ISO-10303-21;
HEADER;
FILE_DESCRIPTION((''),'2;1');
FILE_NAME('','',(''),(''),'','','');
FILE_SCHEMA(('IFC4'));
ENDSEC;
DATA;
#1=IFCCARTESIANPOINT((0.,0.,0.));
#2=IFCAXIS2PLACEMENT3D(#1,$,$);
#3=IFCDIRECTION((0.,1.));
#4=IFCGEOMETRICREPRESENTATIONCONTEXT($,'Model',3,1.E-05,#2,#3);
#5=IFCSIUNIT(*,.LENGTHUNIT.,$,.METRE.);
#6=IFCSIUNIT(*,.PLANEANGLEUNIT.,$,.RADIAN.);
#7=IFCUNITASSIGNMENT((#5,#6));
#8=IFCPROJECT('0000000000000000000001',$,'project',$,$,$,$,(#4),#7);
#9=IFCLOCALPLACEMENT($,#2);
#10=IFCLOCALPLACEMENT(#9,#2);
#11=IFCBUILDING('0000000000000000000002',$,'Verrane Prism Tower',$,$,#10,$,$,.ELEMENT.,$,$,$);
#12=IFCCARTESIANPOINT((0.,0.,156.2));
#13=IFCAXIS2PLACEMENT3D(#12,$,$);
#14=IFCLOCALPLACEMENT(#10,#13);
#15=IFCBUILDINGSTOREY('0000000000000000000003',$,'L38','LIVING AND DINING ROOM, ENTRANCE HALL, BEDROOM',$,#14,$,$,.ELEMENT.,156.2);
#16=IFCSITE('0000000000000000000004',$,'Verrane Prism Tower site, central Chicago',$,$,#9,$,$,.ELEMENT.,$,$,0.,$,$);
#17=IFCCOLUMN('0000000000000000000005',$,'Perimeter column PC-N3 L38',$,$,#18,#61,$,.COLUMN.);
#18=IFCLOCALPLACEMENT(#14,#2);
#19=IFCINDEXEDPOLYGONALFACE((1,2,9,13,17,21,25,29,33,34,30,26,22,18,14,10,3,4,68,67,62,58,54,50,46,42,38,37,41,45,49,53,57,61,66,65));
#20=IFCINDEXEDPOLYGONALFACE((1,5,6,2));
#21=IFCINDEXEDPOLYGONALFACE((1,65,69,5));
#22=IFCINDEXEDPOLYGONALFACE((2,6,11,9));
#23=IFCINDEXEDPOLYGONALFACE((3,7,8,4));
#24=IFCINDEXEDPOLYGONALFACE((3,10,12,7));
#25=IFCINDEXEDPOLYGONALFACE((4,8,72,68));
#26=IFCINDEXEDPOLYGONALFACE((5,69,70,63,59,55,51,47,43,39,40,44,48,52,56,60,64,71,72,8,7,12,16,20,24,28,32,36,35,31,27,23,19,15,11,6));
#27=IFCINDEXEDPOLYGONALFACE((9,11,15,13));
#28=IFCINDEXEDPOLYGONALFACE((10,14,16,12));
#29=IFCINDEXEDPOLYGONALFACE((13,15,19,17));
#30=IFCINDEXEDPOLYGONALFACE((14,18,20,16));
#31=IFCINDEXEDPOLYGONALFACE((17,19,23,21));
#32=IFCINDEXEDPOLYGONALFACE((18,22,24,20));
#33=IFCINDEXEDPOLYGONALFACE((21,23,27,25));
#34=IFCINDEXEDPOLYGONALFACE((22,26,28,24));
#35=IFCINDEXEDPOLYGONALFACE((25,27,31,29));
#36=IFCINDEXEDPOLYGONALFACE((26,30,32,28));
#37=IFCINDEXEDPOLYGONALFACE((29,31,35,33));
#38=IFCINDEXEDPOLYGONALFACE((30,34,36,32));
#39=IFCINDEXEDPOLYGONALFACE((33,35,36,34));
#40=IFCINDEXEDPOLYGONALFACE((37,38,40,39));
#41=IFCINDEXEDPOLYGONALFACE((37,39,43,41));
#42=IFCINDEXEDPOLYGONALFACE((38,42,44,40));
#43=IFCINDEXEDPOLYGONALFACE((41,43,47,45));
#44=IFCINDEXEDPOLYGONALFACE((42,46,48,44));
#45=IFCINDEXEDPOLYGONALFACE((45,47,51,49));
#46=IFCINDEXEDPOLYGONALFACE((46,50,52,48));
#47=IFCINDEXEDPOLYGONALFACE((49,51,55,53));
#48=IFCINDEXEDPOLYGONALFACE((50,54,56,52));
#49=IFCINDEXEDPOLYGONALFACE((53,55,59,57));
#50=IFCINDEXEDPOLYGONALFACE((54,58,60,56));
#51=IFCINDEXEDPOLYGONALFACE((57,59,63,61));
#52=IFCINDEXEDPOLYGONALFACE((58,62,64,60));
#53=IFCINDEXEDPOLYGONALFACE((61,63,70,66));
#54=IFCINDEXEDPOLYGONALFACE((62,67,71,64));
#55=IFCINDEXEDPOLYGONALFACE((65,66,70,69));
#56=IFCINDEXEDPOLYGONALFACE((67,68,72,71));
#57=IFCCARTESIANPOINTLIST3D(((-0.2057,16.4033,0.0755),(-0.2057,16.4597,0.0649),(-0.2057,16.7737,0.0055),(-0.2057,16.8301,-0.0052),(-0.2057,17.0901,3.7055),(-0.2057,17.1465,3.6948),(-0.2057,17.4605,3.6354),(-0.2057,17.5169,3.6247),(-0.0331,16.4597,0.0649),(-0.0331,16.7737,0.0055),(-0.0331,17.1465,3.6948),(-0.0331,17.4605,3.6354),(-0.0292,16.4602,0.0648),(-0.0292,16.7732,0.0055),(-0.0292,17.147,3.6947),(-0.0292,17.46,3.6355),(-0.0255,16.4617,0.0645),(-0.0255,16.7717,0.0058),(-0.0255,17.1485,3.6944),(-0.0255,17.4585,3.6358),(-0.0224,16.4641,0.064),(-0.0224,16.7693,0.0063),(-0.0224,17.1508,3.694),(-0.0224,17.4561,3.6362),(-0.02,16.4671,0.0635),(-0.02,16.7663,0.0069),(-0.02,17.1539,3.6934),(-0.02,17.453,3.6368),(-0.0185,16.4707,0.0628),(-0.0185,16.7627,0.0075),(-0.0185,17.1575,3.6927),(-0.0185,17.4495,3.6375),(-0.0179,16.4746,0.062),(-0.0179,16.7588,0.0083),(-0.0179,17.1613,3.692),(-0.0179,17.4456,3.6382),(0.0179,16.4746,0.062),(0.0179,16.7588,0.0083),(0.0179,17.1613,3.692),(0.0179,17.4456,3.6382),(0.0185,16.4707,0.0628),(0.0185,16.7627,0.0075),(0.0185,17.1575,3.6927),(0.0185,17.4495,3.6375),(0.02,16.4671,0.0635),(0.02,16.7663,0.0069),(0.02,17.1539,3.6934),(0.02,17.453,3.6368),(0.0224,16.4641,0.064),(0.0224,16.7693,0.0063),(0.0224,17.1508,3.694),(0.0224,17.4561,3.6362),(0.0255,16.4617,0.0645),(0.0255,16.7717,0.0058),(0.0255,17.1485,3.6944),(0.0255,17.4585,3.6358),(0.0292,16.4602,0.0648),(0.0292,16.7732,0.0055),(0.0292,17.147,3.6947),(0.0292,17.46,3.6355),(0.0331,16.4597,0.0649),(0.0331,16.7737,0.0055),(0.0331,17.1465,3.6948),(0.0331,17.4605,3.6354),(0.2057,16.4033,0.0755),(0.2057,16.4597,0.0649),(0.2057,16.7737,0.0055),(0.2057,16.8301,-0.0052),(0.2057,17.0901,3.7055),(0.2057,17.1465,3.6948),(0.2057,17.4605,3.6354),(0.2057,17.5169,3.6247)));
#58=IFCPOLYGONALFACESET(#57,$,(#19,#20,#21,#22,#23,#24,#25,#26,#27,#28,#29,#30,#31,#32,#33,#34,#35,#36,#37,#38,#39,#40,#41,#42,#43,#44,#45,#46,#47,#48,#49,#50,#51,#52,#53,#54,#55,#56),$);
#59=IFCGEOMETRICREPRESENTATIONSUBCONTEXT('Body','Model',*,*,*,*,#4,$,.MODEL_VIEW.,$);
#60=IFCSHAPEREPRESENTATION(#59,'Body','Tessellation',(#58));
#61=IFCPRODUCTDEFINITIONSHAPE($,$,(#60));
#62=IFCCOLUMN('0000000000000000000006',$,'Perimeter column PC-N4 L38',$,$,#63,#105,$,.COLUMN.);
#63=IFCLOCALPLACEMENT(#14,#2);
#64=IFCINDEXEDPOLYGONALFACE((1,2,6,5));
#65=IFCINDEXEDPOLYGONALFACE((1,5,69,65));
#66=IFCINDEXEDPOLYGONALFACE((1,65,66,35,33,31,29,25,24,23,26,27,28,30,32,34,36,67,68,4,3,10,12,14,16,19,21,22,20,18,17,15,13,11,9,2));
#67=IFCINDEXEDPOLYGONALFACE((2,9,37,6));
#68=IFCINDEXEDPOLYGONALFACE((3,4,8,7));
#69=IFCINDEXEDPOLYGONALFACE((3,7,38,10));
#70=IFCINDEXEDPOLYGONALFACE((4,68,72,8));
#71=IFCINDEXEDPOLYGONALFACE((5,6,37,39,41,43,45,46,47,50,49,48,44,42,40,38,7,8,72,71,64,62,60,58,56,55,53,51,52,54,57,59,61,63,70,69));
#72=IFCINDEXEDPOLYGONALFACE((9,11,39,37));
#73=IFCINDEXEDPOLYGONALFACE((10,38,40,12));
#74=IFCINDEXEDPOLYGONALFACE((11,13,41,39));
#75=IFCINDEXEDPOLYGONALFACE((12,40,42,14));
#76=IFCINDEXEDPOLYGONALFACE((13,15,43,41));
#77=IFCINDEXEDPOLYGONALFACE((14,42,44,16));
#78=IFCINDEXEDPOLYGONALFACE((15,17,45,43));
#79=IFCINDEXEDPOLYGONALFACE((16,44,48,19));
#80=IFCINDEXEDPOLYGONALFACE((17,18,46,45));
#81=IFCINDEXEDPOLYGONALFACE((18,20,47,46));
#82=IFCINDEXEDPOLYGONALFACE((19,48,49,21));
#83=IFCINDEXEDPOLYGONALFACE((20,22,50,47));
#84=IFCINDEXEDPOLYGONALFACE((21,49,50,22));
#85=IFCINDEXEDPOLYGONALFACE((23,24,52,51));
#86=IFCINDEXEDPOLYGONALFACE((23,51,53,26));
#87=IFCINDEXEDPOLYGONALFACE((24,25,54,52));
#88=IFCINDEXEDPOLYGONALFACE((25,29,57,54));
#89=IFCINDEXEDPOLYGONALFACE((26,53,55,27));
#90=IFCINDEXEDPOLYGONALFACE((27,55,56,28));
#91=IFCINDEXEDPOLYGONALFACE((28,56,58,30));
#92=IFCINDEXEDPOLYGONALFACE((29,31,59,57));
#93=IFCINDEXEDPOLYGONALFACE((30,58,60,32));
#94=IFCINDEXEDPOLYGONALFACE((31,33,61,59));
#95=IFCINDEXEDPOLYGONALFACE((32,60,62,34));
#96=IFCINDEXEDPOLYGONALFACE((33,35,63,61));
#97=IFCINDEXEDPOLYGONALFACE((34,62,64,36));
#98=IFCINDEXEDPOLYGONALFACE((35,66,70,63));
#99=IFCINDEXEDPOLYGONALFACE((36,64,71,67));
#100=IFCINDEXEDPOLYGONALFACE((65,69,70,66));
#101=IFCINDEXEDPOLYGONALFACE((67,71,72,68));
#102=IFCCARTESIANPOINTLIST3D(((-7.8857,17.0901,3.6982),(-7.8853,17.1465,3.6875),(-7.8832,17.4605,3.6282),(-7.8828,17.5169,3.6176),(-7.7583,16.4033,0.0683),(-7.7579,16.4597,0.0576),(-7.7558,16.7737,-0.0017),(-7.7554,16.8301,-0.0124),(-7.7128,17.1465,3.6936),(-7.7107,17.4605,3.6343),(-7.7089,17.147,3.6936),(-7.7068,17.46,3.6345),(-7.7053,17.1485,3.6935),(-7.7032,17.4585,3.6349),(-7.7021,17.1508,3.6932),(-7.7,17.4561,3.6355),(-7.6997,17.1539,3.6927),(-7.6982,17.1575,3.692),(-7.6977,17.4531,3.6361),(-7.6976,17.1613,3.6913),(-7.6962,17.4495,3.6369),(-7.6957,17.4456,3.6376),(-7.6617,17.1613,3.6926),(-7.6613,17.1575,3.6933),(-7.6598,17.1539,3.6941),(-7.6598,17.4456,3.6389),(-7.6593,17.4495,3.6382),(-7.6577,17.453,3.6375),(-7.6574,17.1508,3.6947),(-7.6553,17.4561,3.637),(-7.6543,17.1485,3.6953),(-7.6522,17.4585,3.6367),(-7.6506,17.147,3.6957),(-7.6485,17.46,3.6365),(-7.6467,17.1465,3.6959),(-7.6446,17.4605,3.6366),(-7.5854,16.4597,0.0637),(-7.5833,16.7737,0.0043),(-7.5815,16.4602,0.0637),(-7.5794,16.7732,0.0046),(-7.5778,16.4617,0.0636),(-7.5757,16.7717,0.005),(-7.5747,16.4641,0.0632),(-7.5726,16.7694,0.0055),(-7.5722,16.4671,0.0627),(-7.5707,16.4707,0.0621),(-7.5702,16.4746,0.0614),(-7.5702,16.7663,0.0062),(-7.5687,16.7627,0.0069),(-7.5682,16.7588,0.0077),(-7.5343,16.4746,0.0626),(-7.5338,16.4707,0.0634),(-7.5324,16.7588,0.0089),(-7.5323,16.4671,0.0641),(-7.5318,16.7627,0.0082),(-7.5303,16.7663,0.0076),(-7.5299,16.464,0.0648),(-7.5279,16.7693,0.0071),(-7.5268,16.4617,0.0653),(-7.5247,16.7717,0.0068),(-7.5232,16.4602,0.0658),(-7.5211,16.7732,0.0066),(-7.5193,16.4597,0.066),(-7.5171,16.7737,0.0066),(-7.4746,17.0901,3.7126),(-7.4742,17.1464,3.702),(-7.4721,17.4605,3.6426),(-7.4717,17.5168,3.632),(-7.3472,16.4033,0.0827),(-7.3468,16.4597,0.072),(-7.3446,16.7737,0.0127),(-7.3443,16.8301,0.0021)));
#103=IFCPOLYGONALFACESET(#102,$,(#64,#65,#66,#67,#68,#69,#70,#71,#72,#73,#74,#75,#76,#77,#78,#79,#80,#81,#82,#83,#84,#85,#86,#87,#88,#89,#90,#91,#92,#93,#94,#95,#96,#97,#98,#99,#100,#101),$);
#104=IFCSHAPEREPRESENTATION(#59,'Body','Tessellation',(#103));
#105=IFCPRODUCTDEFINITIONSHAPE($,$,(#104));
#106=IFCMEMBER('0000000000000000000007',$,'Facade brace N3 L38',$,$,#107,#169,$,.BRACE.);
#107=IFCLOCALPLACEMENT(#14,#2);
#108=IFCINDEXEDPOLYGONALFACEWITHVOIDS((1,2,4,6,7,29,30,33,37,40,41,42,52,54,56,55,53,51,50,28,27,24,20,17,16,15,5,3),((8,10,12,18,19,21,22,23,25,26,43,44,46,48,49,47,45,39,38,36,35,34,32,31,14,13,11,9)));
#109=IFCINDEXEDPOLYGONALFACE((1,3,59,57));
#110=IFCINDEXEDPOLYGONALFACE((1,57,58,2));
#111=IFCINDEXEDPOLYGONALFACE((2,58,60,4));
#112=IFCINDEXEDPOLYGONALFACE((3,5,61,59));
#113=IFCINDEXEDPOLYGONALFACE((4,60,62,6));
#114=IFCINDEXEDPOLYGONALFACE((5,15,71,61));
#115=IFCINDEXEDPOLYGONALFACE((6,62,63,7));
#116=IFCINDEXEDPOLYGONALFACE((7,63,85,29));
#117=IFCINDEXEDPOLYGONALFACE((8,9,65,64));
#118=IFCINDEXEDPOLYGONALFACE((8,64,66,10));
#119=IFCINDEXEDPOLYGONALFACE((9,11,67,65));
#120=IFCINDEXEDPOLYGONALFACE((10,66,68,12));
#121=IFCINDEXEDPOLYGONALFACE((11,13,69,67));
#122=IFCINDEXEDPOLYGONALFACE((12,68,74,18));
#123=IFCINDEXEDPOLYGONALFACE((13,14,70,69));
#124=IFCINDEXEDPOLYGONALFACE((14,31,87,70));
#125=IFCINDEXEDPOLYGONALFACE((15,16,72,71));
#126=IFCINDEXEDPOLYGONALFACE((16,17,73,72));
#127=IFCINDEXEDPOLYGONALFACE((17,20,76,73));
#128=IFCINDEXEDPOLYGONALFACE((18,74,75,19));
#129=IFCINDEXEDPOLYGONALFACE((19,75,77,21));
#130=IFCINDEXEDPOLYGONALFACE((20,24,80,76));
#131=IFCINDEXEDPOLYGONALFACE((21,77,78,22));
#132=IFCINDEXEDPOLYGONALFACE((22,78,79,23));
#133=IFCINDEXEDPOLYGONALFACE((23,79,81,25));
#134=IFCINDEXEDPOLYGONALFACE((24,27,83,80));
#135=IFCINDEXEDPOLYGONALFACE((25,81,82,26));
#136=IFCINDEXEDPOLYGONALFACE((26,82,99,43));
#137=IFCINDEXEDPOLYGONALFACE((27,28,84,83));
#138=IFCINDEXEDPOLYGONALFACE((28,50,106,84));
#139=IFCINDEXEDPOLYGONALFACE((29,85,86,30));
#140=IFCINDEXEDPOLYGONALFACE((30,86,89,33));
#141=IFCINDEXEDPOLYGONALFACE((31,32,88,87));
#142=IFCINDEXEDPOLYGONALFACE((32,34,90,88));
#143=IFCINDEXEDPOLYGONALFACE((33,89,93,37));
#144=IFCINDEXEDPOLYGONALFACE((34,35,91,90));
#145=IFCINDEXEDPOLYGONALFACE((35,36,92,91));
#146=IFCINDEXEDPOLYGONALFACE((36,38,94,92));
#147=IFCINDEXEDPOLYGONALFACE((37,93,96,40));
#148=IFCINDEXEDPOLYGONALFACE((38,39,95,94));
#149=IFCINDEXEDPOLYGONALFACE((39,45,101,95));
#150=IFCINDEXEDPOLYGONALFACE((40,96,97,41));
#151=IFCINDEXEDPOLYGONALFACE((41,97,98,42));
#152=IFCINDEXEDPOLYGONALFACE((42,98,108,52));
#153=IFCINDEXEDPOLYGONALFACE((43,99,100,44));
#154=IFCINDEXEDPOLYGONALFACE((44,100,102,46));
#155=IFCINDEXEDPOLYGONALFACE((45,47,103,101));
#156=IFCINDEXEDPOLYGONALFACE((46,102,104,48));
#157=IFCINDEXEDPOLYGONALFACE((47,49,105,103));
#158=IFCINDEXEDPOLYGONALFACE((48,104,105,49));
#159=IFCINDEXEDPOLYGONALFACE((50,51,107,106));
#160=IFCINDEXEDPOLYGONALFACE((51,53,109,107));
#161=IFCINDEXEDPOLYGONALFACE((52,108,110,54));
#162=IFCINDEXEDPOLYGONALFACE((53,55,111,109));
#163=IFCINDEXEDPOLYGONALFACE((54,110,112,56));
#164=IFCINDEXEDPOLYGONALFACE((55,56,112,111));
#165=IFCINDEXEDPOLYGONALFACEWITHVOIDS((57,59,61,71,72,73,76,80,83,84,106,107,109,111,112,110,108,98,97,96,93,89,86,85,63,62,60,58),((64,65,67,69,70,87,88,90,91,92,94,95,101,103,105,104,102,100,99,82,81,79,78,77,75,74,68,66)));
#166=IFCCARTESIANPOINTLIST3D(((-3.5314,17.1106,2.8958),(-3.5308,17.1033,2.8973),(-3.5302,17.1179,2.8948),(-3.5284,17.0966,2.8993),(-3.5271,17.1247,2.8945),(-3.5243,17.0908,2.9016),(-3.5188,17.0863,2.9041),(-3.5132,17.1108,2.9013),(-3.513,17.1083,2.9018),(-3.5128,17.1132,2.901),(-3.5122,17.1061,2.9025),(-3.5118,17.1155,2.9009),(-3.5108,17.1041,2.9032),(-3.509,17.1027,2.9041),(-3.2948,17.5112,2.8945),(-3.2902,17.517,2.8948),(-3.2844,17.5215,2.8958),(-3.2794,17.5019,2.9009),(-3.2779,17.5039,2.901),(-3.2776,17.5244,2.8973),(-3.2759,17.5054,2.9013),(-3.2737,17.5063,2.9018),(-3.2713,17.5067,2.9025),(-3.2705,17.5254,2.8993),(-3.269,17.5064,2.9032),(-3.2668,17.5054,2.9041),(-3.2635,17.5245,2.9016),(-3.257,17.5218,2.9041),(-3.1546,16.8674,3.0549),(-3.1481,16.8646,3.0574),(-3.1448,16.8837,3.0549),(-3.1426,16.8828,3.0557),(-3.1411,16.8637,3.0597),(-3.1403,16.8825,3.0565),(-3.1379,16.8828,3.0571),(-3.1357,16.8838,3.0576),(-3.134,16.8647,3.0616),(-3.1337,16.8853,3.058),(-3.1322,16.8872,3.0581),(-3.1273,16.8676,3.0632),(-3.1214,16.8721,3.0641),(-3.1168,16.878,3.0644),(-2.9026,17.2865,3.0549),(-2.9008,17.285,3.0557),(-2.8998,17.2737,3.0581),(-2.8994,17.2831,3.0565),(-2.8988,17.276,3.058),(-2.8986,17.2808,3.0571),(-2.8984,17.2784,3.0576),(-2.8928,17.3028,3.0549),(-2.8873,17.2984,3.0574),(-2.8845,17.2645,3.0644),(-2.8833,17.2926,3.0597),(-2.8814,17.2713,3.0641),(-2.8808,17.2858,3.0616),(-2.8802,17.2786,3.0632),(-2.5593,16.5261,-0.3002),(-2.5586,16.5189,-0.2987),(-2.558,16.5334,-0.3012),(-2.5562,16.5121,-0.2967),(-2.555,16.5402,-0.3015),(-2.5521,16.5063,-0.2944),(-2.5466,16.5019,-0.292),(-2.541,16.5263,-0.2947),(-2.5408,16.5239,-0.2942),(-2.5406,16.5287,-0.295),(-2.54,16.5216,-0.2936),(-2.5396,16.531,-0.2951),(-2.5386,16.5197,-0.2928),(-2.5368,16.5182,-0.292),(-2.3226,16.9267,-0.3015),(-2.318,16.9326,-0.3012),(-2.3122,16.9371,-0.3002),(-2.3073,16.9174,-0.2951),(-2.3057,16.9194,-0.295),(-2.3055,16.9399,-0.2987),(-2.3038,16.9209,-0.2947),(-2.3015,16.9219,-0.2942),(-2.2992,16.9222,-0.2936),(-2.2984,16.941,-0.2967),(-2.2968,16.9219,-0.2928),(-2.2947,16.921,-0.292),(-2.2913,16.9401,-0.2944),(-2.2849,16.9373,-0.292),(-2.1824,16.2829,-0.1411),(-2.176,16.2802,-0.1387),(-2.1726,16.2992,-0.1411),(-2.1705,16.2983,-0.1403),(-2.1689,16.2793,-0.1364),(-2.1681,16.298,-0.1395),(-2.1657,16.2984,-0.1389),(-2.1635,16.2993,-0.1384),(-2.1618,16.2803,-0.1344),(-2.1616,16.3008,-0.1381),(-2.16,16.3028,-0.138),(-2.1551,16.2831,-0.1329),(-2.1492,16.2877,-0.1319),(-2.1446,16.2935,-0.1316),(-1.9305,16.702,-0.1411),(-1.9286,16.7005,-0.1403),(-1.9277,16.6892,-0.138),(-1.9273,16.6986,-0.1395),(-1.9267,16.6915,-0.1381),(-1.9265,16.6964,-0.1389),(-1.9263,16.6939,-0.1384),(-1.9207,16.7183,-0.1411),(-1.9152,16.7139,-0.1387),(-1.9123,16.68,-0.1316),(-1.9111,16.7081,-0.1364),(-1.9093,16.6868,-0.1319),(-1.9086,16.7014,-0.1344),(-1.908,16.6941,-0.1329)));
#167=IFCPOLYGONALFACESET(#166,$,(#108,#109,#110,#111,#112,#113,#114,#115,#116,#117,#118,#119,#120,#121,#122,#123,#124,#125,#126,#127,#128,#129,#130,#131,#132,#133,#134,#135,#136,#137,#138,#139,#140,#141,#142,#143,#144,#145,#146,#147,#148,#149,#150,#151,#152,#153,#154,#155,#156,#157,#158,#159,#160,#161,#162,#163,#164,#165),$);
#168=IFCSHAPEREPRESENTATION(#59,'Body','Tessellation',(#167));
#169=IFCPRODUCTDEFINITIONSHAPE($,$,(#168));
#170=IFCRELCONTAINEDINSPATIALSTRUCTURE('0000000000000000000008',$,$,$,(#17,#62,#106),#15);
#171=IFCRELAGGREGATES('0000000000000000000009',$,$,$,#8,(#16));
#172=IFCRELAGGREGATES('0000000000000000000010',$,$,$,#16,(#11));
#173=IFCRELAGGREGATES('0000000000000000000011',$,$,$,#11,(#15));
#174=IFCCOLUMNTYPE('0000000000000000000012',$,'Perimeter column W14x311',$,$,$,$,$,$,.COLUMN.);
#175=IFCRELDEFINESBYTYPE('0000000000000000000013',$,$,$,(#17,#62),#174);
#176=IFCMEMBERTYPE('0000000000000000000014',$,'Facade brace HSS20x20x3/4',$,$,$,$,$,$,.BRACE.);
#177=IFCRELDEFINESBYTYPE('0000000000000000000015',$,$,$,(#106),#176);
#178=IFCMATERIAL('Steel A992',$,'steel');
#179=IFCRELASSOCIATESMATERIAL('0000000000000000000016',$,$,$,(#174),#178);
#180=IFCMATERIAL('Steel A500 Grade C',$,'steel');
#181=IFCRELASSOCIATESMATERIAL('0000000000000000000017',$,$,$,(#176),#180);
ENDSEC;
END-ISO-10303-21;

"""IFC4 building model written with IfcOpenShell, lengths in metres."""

from ifc_helpers import new_model, si_unit, direction, frame, origin, origin_2d, place, context, subcontext, project, spatial, hollow_rectangle, i_section, extrude, material, material_profile, profile_set, type_object, element, save


model = new_model("IFC4")

# Units and contexts
model_context = context("Model", 3, precision=1e-05, world=origin(), true_north=direction((0.0, 1.0)))
body_context = subcontext(model_context, "Body", "Model", "MODEL_VIEW")
ifc_project = project(units=[si_unit("LENGTHUNIT", "METRE"), si_unit("PLANEANGLEUNIT", "RADIAN")], contexts=[model_context])

# Site, building, storey
site_placement = place(None, origin())
site = spatial("IfcSite", under=ifc_project, at=site_placement, Name="Verrane Prism Tower site, central Chicago", CompositionType="ELEMENT", RefElevation=0.0)
building_placement = place(site_placement, origin())
building = spatial("IfcBuilding", under=site, at=building_placement, Name="Verrane Prism Tower", CompositionType="ELEMENT")
storey_placement = place(building_placement, frame((0.0, 0.0, 156.2)))
storey = spatial("IfcBuildingStorey", under=building, at=storey_placement, Name="L38", Description="LIVING AND DINING ROOM, ENTRANCE HALL, BEDROOM", CompositionType="ELEMENT", Elevation=156.2)

# Columns
ifc_material_1 = material(Name="Steel A992", Category="steel")
ifc_material_profile_1 = material_profile(ifc_material_1, i_section(OverallWidth=0.4114, OverallDepth=0.4343, WebThickness=0.0359, FlangeThickness=0.0574, FilletRadius=0.0151, at=origin_2d()), Name="W14x311")
ifc_profile_set_1 = profile_set([ifc_material_profile_1], Name="Steel A992")
column_type = type_object("IfcColumnType", Name="Perimeter column W14x311", PredefinedType="COLUMN", material=ifc_profile_set_1)
column_1_placement = place(storey_placement, frame((0.0, 16.6167, 0.0352), z_axis=(0.0, 0.1859, 0.982569), x_axis=(1.0, 0.0, 0.0)))
element("IfcColumn", 1, at=column_1_placement, inside=storey, type_object=column_type, Name="Perimeter column PC-N3 L38", PredefinedType="COLUMN", context=body_context, shape_type="SweptSolid", body=[
    extrude(i_section(OverallWidth=0.4114, OverallDepth=0.4343, WebThickness=0.0359, FlangeThickness=0.0574, FilletRadius=0.0151, at=origin_2d()), origin(), (0.0, 0.0, 1.0), 3.6943),
])
column_2_placement = place(storey_placement, frame((-7.5513, 16.6167, 0.0352), z_axis=(-0.034476, 0.18579, 0.981984), x_axis=(0.999383, -0.000143, 0.035114)))
element("IfcColumn", 2, at=column_2_placement, inside=storey, type_object=column_type, Name="Perimeter column PC-N4 L38", PredefinedType="COLUMN", context=body_context, shape_type="SweptSolid", body=[
    extrude(i_section(OverallWidth=0.4114, OverallDepth=0.4343, WebThickness=0.0359, FlangeThickness=0.0574, FilletRadius=0.0151, at=origin_2d()), origin(), (0.0, 0.0, 1.0), 3.6965),
])

# Member
ifc_material_2 = material(Name="Steel A500 Grade C", Category="steel")
ifc_material_profile_2 = material_profile(ifc_material_2, hollow_rectangle(XDim=0.5081, YDim=0.5081, WallThickness=0.019, InnerFilletRadius=0.0095, OuterFilletRadius=0.0286, at=origin_2d()), Name="HSS20x20x3/4")
ifc_profile_set_2 = profile_set([ifc_material_profile_2], Name="Steel A500 Grade C")
member_type_1 = type_object("IfcMemberType", Name="Facade brace HSS20x20x3/4", PredefinedType="BRACE", material=ifc_profile_set_2)
member_1_placement = place(storey_placement, frame((-2.2336, 16.6101, -0.2166), z_axis=(-0.286659, 0.172341, 0.942404), x_axis=(-0.515255, -0.857037, 0.0)))
element("IfcMember", 3, at=member_1_placement, inside=storey, type_object=member_type_1, Name="Facade brace N3 L38", PredefinedType="BRACE", context=body_context, shape_type="SweptSolid", body=[
    extrude(hollow_rectangle(XDim=0.5081, YDim=0.5081, WallThickness=0.019, InnerFilletRadius=0.0095, OuterFilletRadius=0.0286, at=origin_2d()), origin(), (0.0, 0.0, 1.0), 3.3914),
])

save(model, "model.ifc")
